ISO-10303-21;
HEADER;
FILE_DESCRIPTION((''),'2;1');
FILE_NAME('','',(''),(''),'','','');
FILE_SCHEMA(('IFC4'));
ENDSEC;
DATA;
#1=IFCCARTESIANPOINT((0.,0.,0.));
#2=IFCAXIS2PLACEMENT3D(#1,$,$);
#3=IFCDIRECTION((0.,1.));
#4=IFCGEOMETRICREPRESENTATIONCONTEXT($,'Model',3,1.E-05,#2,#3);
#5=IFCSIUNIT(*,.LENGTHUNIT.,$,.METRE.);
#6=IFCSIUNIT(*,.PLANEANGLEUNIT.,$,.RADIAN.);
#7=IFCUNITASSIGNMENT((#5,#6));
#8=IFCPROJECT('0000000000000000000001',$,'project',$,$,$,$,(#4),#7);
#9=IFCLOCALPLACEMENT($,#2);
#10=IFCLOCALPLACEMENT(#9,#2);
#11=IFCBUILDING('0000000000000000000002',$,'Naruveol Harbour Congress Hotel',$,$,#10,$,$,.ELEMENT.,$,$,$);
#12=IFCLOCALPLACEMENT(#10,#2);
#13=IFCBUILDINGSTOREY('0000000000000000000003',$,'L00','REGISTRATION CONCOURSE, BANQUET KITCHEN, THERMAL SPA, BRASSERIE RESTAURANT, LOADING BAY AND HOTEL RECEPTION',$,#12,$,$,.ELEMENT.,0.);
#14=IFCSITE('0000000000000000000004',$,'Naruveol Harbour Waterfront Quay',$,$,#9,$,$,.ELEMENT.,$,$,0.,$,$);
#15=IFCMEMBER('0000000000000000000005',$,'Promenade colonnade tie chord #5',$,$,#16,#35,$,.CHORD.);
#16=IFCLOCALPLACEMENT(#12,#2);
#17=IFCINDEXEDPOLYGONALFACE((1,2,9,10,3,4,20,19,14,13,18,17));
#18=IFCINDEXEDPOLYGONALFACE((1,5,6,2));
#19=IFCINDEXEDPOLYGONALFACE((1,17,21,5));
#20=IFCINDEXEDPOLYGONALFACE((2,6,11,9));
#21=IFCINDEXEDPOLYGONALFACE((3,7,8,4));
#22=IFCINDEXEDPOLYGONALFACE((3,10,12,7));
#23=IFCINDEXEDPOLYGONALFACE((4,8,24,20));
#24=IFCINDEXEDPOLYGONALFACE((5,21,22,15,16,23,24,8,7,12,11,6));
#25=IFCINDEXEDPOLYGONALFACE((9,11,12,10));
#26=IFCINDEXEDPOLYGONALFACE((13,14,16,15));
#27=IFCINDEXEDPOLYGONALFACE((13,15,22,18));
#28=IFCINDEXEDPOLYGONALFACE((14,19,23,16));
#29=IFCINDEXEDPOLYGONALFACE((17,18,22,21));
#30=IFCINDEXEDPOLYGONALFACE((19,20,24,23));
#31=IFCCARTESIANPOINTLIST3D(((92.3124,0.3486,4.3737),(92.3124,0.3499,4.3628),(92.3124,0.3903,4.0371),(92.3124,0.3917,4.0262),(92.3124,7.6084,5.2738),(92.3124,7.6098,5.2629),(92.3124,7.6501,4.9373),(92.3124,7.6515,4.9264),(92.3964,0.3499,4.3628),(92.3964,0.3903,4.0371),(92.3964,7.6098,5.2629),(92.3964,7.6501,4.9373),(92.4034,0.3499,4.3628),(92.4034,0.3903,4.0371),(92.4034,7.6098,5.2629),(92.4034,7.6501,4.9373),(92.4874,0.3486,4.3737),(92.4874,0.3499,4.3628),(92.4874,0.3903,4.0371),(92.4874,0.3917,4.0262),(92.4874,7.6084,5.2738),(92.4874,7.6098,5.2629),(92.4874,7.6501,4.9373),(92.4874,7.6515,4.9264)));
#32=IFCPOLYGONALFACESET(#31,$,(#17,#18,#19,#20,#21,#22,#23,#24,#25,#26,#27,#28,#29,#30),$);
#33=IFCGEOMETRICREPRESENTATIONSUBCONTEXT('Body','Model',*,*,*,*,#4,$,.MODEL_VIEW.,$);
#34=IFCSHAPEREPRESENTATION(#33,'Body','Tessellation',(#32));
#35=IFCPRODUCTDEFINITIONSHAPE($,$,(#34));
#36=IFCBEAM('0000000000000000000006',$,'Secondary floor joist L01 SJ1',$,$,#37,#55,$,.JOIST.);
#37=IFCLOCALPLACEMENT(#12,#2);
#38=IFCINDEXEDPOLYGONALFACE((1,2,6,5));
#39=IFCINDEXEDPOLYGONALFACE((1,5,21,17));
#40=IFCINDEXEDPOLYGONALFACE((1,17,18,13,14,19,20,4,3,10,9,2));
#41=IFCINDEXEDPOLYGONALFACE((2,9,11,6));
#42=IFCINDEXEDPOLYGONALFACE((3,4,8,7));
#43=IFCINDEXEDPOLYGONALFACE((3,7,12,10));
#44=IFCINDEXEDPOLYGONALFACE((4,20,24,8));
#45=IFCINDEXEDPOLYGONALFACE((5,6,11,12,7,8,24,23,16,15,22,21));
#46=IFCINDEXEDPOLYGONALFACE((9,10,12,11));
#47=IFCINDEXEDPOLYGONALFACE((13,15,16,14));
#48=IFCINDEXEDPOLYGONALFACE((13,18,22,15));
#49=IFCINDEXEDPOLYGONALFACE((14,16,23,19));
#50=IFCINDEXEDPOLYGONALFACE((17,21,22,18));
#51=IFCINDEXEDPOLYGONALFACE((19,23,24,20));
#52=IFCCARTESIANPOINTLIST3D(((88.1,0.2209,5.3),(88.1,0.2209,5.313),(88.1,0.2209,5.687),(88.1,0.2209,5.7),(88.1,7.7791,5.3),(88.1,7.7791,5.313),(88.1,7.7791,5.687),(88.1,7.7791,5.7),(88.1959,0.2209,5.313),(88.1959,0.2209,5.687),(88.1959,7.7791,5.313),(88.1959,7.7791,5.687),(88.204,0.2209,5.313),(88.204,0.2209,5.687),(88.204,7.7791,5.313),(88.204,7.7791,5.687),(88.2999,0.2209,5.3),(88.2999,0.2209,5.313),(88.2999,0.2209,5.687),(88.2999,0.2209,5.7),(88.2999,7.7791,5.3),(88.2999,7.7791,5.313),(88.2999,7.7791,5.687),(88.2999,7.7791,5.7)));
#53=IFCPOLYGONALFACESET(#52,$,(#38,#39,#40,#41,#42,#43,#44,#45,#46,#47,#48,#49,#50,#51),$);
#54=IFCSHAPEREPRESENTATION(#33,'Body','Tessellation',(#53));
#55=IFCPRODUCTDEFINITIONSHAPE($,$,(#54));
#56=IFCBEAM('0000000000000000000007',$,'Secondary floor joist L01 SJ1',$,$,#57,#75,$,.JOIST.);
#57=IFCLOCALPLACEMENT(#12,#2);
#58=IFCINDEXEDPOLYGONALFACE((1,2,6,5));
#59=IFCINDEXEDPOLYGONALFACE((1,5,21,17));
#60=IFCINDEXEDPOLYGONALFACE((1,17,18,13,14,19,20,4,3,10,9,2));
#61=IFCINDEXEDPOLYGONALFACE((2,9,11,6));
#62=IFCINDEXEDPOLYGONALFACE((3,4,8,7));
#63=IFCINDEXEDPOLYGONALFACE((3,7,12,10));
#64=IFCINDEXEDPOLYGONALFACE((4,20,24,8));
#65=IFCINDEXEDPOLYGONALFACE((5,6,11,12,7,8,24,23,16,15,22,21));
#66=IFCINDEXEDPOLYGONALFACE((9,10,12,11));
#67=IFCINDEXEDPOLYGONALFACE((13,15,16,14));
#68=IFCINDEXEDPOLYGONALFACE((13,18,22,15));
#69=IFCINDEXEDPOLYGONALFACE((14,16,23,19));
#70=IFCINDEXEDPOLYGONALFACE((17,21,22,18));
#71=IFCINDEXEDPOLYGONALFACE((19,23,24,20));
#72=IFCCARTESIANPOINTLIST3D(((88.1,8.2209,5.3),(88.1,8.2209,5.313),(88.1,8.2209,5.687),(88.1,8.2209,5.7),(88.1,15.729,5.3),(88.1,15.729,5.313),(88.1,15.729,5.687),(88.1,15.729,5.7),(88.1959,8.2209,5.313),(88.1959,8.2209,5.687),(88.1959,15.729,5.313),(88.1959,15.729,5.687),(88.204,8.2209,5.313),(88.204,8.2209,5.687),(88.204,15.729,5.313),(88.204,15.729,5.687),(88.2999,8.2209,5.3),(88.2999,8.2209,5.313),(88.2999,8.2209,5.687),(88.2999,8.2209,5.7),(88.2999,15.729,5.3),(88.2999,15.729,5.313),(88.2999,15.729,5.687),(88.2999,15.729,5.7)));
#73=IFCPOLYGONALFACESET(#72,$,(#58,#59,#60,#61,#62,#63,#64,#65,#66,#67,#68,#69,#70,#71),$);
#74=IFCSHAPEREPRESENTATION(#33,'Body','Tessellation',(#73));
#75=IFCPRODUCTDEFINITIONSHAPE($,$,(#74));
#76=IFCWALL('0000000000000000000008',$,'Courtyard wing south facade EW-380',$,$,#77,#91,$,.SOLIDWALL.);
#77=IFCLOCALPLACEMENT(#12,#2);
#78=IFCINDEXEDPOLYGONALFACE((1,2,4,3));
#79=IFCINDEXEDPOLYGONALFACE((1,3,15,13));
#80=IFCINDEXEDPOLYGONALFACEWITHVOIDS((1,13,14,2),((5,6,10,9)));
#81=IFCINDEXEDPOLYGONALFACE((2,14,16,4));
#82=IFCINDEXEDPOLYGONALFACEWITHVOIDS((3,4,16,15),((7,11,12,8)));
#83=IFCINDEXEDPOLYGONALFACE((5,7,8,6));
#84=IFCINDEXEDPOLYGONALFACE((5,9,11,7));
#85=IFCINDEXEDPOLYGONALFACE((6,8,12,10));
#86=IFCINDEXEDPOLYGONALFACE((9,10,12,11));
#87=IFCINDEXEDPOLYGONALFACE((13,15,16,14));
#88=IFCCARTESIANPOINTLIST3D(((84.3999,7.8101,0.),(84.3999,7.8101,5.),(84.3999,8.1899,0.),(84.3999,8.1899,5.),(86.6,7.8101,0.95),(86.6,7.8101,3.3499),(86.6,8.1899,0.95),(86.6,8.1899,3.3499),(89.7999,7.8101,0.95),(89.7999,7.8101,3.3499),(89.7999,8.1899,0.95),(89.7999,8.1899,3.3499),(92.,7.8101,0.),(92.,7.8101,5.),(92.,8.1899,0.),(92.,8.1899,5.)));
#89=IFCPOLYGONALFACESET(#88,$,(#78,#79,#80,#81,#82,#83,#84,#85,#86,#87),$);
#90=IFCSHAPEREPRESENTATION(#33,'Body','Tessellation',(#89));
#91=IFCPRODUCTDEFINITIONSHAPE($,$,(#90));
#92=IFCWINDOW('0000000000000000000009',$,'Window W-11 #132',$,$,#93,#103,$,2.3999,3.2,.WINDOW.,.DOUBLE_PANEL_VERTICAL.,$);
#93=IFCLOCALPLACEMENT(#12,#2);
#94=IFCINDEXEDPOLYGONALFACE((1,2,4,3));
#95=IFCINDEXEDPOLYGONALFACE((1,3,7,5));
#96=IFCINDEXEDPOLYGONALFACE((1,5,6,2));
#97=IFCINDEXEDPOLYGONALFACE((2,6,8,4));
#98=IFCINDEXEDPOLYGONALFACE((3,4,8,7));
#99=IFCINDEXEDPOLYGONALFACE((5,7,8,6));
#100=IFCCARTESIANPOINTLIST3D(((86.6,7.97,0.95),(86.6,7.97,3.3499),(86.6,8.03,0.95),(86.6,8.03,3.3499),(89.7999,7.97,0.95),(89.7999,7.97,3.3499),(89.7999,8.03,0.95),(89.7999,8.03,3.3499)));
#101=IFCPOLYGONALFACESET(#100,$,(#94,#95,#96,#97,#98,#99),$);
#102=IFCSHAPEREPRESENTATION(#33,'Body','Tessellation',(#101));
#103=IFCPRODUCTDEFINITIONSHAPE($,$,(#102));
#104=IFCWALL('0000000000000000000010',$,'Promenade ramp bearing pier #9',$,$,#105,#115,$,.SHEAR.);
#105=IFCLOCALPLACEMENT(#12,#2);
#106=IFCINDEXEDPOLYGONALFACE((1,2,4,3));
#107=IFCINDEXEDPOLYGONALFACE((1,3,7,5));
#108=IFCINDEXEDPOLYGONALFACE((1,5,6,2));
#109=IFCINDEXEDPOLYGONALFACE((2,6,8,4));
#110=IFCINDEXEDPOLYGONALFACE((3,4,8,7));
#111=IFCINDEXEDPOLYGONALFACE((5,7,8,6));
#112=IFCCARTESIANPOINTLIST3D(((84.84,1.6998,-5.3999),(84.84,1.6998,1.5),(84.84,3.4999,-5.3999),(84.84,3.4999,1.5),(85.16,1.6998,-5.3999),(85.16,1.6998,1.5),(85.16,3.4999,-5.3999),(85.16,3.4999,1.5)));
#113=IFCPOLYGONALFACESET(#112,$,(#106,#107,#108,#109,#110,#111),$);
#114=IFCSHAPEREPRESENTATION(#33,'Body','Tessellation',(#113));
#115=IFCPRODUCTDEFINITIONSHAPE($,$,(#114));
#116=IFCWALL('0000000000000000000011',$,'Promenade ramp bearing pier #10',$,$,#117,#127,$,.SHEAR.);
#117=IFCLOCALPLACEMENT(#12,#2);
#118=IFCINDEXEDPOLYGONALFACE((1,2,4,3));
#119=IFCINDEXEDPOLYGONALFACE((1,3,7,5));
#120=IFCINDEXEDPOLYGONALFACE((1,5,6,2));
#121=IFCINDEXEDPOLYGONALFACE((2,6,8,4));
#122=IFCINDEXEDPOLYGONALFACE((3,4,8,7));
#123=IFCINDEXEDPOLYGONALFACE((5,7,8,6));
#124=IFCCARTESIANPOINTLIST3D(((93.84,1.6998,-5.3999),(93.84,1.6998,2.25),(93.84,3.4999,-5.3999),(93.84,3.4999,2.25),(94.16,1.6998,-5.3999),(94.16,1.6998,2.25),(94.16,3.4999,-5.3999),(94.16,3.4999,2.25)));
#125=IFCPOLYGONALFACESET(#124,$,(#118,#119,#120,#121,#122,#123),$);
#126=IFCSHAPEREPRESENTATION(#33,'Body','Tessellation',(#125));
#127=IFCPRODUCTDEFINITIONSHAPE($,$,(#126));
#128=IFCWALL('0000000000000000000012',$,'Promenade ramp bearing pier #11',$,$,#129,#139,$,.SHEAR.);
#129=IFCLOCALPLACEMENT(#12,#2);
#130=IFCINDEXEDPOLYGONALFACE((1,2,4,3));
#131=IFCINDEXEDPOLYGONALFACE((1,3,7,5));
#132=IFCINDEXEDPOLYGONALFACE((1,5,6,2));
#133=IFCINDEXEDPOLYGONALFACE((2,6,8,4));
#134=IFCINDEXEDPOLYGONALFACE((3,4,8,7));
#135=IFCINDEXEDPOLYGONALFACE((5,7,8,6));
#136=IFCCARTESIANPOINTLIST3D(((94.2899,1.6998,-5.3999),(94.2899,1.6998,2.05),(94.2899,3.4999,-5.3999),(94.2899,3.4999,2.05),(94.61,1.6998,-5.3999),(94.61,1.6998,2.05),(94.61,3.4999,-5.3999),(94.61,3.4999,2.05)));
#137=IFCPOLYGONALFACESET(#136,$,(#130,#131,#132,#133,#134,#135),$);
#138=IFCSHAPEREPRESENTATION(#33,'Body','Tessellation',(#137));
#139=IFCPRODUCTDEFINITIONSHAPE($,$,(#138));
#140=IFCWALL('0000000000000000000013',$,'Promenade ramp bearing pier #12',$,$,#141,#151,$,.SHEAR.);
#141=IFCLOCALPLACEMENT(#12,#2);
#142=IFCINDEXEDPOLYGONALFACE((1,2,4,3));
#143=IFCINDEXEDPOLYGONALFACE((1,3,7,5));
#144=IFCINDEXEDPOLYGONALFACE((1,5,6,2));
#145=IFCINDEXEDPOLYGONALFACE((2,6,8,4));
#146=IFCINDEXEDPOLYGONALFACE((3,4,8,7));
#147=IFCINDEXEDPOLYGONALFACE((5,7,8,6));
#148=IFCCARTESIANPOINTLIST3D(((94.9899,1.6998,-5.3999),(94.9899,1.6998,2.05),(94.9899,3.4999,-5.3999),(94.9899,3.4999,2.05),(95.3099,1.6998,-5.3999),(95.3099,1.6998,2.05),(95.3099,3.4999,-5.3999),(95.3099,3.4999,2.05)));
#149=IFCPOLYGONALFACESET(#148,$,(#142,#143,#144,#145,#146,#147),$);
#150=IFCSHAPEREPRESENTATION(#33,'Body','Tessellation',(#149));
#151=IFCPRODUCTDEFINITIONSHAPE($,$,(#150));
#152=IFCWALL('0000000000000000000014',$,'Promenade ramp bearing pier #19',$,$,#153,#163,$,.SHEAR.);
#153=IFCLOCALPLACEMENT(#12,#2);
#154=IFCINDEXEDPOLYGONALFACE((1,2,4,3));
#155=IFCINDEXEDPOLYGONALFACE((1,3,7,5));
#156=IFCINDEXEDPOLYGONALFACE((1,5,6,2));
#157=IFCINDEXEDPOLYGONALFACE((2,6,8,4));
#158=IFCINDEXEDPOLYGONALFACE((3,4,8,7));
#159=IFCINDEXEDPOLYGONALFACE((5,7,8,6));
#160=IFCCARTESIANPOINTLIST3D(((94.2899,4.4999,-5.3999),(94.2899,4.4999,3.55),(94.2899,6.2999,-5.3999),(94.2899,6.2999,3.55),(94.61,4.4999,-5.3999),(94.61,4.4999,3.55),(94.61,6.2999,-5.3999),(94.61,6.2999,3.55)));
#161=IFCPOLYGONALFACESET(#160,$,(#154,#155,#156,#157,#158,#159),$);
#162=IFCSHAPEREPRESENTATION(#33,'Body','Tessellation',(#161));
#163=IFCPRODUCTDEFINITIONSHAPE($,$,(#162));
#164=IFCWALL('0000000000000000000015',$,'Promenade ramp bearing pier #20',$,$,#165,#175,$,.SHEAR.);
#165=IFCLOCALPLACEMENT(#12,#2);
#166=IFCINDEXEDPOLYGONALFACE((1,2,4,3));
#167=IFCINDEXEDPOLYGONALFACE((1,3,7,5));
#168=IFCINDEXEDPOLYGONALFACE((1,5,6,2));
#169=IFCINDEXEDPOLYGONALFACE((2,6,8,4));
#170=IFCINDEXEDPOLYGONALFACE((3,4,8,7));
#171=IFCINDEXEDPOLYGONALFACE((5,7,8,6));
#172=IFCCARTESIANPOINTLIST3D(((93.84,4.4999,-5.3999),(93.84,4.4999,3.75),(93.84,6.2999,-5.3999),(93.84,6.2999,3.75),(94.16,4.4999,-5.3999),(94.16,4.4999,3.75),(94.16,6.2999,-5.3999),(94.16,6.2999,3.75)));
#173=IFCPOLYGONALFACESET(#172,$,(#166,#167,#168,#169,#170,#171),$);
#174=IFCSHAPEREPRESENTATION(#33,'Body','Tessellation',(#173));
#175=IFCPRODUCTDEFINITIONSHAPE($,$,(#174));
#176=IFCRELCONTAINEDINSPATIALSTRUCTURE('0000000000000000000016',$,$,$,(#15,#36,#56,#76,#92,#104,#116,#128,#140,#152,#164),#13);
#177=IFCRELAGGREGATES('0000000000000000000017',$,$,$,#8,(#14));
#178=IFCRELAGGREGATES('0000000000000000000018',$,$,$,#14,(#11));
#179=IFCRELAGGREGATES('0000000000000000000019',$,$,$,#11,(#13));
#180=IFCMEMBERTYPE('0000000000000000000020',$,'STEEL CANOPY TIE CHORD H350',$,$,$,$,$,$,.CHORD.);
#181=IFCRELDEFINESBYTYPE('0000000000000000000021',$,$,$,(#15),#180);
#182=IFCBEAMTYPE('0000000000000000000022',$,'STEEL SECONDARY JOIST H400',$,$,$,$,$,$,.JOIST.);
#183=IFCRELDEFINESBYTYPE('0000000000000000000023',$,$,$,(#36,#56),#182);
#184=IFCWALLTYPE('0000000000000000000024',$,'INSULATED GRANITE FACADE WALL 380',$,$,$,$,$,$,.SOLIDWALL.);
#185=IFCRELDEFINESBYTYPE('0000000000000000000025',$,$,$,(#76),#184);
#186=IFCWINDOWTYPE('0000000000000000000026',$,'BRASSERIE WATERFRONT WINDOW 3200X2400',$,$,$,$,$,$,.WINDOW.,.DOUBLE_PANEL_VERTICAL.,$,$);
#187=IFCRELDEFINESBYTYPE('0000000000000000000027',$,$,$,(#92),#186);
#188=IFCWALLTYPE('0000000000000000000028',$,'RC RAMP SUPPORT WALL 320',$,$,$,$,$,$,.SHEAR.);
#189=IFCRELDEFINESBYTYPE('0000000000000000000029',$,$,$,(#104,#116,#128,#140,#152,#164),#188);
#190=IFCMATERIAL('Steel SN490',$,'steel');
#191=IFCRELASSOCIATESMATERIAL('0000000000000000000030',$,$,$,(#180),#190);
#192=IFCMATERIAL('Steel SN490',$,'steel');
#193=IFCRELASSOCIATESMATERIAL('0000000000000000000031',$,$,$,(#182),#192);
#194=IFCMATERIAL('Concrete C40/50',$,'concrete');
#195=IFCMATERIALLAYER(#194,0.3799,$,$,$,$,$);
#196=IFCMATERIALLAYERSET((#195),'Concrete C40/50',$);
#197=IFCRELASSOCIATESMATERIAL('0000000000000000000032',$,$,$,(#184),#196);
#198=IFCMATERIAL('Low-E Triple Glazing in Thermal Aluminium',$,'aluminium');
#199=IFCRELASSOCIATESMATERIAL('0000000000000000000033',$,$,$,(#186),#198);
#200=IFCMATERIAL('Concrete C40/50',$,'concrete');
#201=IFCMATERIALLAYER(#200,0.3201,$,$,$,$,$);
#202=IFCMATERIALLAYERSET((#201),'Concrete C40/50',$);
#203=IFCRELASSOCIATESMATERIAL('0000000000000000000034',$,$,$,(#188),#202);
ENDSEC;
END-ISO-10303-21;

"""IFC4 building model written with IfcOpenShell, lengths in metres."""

from ifc_helpers import new_model, si_unit, direction, frame, frame_2d, origin, origin_2d, place, context, subcontext, project, spatial, rectangle, i_section, extrude, material, layer, layer_set, material_profile, profile_set, type_object, element, fill, save


model = new_model("IFC4")

# Units and contexts
model_context = context("Model", 3, precision=1e-05, world=origin(), true_north=direction((0.0, 1.0)))
body_context = subcontext(model_context, "Body", "Model", "MODEL_VIEW")
ifc_project = project(units=[si_unit("LENGTHUNIT", "METRE"), si_unit("PLANEANGLEUNIT", "RADIAN")], contexts=[model_context])

# Site, building, storey
site_placement = place(None, origin())
site = spatial("IfcSite", under=ifc_project, at=site_placement, Name="Naruveol Harbour Waterfront Quay", CompositionType="ELEMENT", RefElevation=0.0)
building_placement = place(site_placement, origin())
building = spatial("IfcBuilding", under=site, at=building_placement, Name="Naruveol Harbour Congress Hotel", CompositionType="ELEMENT")
storey_placement = place(building_placement, origin())
storey = spatial("IfcBuildingStorey", under=building, at=storey_placement, Name="L00", Description="REGISTRATION CONCOURSE, BANQUET KITCHEN, THERMAL SPA, BRASSERIE RESTAURANT, LOADING BAY AND HOTEL RECEPTION", CompositionType="ELEMENT", Elevation=0.0)

# Member
ifc_material_1 = material(Name="Steel SN490", Category="steel")
ifc_material_profile_1 = material_profile(ifc_material_1, i_section(OverallWidth=0.175, OverallDepth=0.3501, WebThickness=0.0071, FlangeThickness=0.011, at=origin_2d()), Name="H-350x175x7x11")
ifc_profile_set_1 = profile_set([ifc_material_profile_1], Name="Steel SN490")
member_type = type_object("IfcMemberType", Name="STEEL CANOPY TIE CHORD H350", PredefinedType="CHORD", material=ifc_profile_set_1)
member_placement = place(storey_placement, frame((92.3999, 0.3701, 4.2), z_axis=(0.0, 0.992401, 0.123049), x_axis=(-1.0, 0.0, 0.0)))
element("IfcMember", 1, at=member_placement, inside=storey, type_object=member_type, Name="Promenade colonnade tie chord #5", PredefinedType="CHORD", context=body_context, shape_type="SweptSolid", body=[
    extrude(i_section(OverallWidth=0.175, OverallDepth=0.3501, WebThickness=0.0071, FlangeThickness=0.011, at=origin_2d()), origin(), (0.0, 0.0, 1.0), 7.3154),
])

# Beams
ifc_material_2 = material(Name="Steel SN490", Category="steel")
ifc_material_profile_2 = material_profile(ifc_material_2, i_section(OverallWidth=0.2, OverallDepth=0.3999, WebThickness=0.0081, FlangeThickness=0.0129, at=origin_2d()), Name="H-400x200x8x13")
ifc_profile_set_2 = profile_set([ifc_material_profile_2], Name="Steel SN490")
beam_type_1 = type_object("IfcBeamType", Name="STEEL SECONDARY JOIST H400", PredefinedType="JOIST", material=ifc_profile_set_2)
beam_1_placement = place(storey_placement, frame((88.2, 0.2209, 5.5), z_axis=(0.0, 1.0, 0.0), x_axis=(-1.0, 0.0, 0.0)))
element("IfcBeam", 2, at=beam_1_placement, inside=storey, type_object=beam_type_1, Name="Secondary floor joist L01 SJ1", PredefinedType="JOIST", context=body_context, shape_type="SweptSolid", body=[
    extrude(i_section(OverallWidth=0.2, OverallDepth=0.3999, WebThickness=0.0081, FlangeThickness=0.0129, at=origin_2d()), origin(), (0.0, 0.0, 1.0), 7.5581),
])
beam_2_placement = place(storey_placement, frame((88.2, 8.2209, 5.5), z_axis=(0.0, 1.0, 0.0), x_axis=(-1.0, 0.0, 0.0)))
element("IfcBeam", 3, at=beam_2_placement, inside=storey, type_object=beam_type_1, Name="Secondary floor joist L01 SJ1", PredefinedType="JOIST", context=body_context, shape_type="SweptSolid", body=[
    extrude(i_section(OverallWidth=0.2, OverallDepth=0.3999, WebThickness=0.0081, FlangeThickness=0.0129, at=origin_2d()), origin(), (0.0, 0.0, 1.0), 7.5081),
])

# Wall, opening, window
ifc_material_3 = material(Name="Concrete C40/50", Category="concrete")
ifc_layer_1 = layer(ifc_material_3, 0.3799)
ifc_layer_set_1 = layer_set([ifc_layer_1], Name="Concrete C40/50")
wall_type_1 = type_object("IfcWallType", Name="INSULATED GRANITE FACADE WALL 380", PredefinedType="SOLIDWALL", material=ifc_layer_set_1)
wall_1_placement = place(storey_placement, frame((92.0, 8.0, 0.0), z_axis=(0.0, 0.0, 1.0), x_axis=(-1.0, 0.0, 0.0)))
wall_1 = element("IfcWall", 4, at=wall_1_placement, inside=storey, type_object=wall_type_1, Name="Courtyard wing south facade EW-380", PredefinedType="SOLIDWALL", context=body_context, shape_type="SweptSolid", body=[
    extrude(rectangle(XDim=7.6001, YDim=0.3799, at=frame_2d((3.8, 0.0))), origin(), (0.0, 0.0, 1.0), 5.0),
])
opening_placement = place(wall_1_placement, frame((2.2, 0.0, 0.95)))
opening = element("IfcOpeningElement", 5, at=opening_placement, cuts=wall_1, PredefinedType="OPENING", context=body_context, shape_type="SweptSolid", body=[
    extrude(rectangle(XDim=3.2, YDim=2.3999, at=frame_2d((1.6001, 1.2))), frame((0.0, 0.2, 0.0), z_axis=(0.0, -1.0, 0.0), x_axis=(1.0, 0.0, 0.0)), (0.0, 0.0, 1.0), 0.3999),
])
ifc_material_4 = material(Name="Low-E Triple Glazing in Thermal Aluminium", Category="aluminium")
window_type = type_object("IfcWindowType", Name="BRASSERIE WATERFRONT WINDOW 3200X2400", PartitioningType="DOUBLE_PANEL_VERTICAL", PredefinedType="WINDOW", material=ifc_material_4)
window_placement = place(opening_placement, origin())
window = element("IfcWindow", 6, at=window_placement, inside=storey, type_object=window_type, Name="Window W-11 #132", OverallHeight=2.3999, OverallWidth=3.2, PartitioningType="DOUBLE_PANEL_VERTICAL", PredefinedType="WINDOW", context=body_context, shape_type="SweptSolid", body=[
    extrude(rectangle(XDim=3.2, YDim=2.3999, at=frame_2d((1.6001, 1.2))), frame((0.0, 0.03, 0.0), z_axis=(0.0, -1.0, 0.0), x_axis=(1.0, 0.0, 0.0)), (0.0, 0.0, 1.0), 0.0601),
])
fill(opening, window)

# Walls
ifc_material_5 = material(Name="Concrete C40/50", Category="concrete")
ifc_layer_2 = layer(ifc_material_5, 0.3201)
ifc_layer_set_2 = layer_set([ifc_layer_2], Name="Concrete C40/50")
wall_type_2 = type_object("IfcWallType", Name="RC RAMP SUPPORT WALL 320", PredefinedType="SHEAR", material=ifc_layer_set_2)
wall_2_placement = place(storey_placement, frame((85.0, 1.7, -5.3999), z_axis=(0.0, 0.0, 1.0), x_axis=(0.0, 1.0, 0.0)))
element("IfcWall", 7, at=wall_2_placement, inside=storey, type_object=wall_type_2, Name="Promenade ramp bearing pier #9", PredefinedType="SHEAR", context=body_context, shape_type="SweptSolid", body=[
    extrude(rectangle(XDim=1.8, YDim=0.3201, at=frame_2d((0.8999, 0.0))), origin(), (0.0, 0.0, 1.0), 6.8999),
])
wall_3_placement = place(storey_placement, frame((94.0, 1.7, -5.3999), z_axis=(0.0, 0.0, 1.0), x_axis=(0.0, 1.0, 0.0)))
element("IfcWall", 8, at=wall_3_placement, inside=storey, type_object=wall_type_2, Name="Promenade ramp bearing pier #10", PredefinedType="SHEAR", context=body_context, shape_type="SweptSolid", body=[
    extrude(rectangle(XDim=1.8, YDim=0.3201, at=frame_2d((0.8999, 0.0))), origin(), (0.0, 0.0, 1.0), 7.6499),
])
for number, where, z_axis, x_axis, name in (
    (9, (94.45, 1.7, -5.3999), (0.0, 0.0, 1.0), (0.0, 1.0, 0.0), "Promenade ramp bearing pier #11"),
    (10, (95.1499, 1.7, -5.3999), (0.0, 0.0, 1.0), (0.0, 1.0, 0.0), "Promenade ramp bearing pier #12"),
):
    element("IfcWall", number, at=place(storey_placement, frame(where, z_axis=z_axis, x_axis=x_axis)), inside=storey, type_object=wall_type_2, Name=name, PredefinedType="SHEAR", context=body_context, shape_type="SweptSolid", body=[
        extrude(rectangle(XDim=1.8, YDim=0.3201, at=frame_2d((0.8999, 0.0))), origin(), (0.0, 0.0, 1.0), 7.45),
    ])
wall_4_placement = place(storey_placement, frame((94.45, 4.5, -5.3999), z_axis=(0.0, 0.0, 1.0), x_axis=(0.0, 1.0, 0.0)))
element("IfcWall", 11, at=wall_4_placement, inside=storey, type_object=wall_type_2, Name="Promenade ramp bearing pier #19", PredefinedType="SHEAR", context=body_context, shape_type="SweptSolid", body=[
    extrude(rectangle(XDim=1.8, YDim=0.3201, at=frame_2d((0.8999, 0.0))), origin(), (0.0, 0.0, 1.0), 8.95),
])
wall_5_placement = place(storey_placement, frame((94.0, 4.5, -5.3999), z_axis=(0.0, 0.0, 1.0), x_axis=(0.0, 1.0, 0.0)))
element("IfcWall", 12, at=wall_5_placement, inside=storey, type_object=wall_type_2, Name="Promenade ramp bearing pier #20", PredefinedType="SHEAR", context=body_context, shape_type="SweptSolid", body=[
    extrude(rectangle(XDim=1.8, YDim=0.3201, at=frame_2d((0.8999, 0.0))), origin(), (0.0, 0.0, 1.0), 9.1499),
])

save(model, "model.ifc")
